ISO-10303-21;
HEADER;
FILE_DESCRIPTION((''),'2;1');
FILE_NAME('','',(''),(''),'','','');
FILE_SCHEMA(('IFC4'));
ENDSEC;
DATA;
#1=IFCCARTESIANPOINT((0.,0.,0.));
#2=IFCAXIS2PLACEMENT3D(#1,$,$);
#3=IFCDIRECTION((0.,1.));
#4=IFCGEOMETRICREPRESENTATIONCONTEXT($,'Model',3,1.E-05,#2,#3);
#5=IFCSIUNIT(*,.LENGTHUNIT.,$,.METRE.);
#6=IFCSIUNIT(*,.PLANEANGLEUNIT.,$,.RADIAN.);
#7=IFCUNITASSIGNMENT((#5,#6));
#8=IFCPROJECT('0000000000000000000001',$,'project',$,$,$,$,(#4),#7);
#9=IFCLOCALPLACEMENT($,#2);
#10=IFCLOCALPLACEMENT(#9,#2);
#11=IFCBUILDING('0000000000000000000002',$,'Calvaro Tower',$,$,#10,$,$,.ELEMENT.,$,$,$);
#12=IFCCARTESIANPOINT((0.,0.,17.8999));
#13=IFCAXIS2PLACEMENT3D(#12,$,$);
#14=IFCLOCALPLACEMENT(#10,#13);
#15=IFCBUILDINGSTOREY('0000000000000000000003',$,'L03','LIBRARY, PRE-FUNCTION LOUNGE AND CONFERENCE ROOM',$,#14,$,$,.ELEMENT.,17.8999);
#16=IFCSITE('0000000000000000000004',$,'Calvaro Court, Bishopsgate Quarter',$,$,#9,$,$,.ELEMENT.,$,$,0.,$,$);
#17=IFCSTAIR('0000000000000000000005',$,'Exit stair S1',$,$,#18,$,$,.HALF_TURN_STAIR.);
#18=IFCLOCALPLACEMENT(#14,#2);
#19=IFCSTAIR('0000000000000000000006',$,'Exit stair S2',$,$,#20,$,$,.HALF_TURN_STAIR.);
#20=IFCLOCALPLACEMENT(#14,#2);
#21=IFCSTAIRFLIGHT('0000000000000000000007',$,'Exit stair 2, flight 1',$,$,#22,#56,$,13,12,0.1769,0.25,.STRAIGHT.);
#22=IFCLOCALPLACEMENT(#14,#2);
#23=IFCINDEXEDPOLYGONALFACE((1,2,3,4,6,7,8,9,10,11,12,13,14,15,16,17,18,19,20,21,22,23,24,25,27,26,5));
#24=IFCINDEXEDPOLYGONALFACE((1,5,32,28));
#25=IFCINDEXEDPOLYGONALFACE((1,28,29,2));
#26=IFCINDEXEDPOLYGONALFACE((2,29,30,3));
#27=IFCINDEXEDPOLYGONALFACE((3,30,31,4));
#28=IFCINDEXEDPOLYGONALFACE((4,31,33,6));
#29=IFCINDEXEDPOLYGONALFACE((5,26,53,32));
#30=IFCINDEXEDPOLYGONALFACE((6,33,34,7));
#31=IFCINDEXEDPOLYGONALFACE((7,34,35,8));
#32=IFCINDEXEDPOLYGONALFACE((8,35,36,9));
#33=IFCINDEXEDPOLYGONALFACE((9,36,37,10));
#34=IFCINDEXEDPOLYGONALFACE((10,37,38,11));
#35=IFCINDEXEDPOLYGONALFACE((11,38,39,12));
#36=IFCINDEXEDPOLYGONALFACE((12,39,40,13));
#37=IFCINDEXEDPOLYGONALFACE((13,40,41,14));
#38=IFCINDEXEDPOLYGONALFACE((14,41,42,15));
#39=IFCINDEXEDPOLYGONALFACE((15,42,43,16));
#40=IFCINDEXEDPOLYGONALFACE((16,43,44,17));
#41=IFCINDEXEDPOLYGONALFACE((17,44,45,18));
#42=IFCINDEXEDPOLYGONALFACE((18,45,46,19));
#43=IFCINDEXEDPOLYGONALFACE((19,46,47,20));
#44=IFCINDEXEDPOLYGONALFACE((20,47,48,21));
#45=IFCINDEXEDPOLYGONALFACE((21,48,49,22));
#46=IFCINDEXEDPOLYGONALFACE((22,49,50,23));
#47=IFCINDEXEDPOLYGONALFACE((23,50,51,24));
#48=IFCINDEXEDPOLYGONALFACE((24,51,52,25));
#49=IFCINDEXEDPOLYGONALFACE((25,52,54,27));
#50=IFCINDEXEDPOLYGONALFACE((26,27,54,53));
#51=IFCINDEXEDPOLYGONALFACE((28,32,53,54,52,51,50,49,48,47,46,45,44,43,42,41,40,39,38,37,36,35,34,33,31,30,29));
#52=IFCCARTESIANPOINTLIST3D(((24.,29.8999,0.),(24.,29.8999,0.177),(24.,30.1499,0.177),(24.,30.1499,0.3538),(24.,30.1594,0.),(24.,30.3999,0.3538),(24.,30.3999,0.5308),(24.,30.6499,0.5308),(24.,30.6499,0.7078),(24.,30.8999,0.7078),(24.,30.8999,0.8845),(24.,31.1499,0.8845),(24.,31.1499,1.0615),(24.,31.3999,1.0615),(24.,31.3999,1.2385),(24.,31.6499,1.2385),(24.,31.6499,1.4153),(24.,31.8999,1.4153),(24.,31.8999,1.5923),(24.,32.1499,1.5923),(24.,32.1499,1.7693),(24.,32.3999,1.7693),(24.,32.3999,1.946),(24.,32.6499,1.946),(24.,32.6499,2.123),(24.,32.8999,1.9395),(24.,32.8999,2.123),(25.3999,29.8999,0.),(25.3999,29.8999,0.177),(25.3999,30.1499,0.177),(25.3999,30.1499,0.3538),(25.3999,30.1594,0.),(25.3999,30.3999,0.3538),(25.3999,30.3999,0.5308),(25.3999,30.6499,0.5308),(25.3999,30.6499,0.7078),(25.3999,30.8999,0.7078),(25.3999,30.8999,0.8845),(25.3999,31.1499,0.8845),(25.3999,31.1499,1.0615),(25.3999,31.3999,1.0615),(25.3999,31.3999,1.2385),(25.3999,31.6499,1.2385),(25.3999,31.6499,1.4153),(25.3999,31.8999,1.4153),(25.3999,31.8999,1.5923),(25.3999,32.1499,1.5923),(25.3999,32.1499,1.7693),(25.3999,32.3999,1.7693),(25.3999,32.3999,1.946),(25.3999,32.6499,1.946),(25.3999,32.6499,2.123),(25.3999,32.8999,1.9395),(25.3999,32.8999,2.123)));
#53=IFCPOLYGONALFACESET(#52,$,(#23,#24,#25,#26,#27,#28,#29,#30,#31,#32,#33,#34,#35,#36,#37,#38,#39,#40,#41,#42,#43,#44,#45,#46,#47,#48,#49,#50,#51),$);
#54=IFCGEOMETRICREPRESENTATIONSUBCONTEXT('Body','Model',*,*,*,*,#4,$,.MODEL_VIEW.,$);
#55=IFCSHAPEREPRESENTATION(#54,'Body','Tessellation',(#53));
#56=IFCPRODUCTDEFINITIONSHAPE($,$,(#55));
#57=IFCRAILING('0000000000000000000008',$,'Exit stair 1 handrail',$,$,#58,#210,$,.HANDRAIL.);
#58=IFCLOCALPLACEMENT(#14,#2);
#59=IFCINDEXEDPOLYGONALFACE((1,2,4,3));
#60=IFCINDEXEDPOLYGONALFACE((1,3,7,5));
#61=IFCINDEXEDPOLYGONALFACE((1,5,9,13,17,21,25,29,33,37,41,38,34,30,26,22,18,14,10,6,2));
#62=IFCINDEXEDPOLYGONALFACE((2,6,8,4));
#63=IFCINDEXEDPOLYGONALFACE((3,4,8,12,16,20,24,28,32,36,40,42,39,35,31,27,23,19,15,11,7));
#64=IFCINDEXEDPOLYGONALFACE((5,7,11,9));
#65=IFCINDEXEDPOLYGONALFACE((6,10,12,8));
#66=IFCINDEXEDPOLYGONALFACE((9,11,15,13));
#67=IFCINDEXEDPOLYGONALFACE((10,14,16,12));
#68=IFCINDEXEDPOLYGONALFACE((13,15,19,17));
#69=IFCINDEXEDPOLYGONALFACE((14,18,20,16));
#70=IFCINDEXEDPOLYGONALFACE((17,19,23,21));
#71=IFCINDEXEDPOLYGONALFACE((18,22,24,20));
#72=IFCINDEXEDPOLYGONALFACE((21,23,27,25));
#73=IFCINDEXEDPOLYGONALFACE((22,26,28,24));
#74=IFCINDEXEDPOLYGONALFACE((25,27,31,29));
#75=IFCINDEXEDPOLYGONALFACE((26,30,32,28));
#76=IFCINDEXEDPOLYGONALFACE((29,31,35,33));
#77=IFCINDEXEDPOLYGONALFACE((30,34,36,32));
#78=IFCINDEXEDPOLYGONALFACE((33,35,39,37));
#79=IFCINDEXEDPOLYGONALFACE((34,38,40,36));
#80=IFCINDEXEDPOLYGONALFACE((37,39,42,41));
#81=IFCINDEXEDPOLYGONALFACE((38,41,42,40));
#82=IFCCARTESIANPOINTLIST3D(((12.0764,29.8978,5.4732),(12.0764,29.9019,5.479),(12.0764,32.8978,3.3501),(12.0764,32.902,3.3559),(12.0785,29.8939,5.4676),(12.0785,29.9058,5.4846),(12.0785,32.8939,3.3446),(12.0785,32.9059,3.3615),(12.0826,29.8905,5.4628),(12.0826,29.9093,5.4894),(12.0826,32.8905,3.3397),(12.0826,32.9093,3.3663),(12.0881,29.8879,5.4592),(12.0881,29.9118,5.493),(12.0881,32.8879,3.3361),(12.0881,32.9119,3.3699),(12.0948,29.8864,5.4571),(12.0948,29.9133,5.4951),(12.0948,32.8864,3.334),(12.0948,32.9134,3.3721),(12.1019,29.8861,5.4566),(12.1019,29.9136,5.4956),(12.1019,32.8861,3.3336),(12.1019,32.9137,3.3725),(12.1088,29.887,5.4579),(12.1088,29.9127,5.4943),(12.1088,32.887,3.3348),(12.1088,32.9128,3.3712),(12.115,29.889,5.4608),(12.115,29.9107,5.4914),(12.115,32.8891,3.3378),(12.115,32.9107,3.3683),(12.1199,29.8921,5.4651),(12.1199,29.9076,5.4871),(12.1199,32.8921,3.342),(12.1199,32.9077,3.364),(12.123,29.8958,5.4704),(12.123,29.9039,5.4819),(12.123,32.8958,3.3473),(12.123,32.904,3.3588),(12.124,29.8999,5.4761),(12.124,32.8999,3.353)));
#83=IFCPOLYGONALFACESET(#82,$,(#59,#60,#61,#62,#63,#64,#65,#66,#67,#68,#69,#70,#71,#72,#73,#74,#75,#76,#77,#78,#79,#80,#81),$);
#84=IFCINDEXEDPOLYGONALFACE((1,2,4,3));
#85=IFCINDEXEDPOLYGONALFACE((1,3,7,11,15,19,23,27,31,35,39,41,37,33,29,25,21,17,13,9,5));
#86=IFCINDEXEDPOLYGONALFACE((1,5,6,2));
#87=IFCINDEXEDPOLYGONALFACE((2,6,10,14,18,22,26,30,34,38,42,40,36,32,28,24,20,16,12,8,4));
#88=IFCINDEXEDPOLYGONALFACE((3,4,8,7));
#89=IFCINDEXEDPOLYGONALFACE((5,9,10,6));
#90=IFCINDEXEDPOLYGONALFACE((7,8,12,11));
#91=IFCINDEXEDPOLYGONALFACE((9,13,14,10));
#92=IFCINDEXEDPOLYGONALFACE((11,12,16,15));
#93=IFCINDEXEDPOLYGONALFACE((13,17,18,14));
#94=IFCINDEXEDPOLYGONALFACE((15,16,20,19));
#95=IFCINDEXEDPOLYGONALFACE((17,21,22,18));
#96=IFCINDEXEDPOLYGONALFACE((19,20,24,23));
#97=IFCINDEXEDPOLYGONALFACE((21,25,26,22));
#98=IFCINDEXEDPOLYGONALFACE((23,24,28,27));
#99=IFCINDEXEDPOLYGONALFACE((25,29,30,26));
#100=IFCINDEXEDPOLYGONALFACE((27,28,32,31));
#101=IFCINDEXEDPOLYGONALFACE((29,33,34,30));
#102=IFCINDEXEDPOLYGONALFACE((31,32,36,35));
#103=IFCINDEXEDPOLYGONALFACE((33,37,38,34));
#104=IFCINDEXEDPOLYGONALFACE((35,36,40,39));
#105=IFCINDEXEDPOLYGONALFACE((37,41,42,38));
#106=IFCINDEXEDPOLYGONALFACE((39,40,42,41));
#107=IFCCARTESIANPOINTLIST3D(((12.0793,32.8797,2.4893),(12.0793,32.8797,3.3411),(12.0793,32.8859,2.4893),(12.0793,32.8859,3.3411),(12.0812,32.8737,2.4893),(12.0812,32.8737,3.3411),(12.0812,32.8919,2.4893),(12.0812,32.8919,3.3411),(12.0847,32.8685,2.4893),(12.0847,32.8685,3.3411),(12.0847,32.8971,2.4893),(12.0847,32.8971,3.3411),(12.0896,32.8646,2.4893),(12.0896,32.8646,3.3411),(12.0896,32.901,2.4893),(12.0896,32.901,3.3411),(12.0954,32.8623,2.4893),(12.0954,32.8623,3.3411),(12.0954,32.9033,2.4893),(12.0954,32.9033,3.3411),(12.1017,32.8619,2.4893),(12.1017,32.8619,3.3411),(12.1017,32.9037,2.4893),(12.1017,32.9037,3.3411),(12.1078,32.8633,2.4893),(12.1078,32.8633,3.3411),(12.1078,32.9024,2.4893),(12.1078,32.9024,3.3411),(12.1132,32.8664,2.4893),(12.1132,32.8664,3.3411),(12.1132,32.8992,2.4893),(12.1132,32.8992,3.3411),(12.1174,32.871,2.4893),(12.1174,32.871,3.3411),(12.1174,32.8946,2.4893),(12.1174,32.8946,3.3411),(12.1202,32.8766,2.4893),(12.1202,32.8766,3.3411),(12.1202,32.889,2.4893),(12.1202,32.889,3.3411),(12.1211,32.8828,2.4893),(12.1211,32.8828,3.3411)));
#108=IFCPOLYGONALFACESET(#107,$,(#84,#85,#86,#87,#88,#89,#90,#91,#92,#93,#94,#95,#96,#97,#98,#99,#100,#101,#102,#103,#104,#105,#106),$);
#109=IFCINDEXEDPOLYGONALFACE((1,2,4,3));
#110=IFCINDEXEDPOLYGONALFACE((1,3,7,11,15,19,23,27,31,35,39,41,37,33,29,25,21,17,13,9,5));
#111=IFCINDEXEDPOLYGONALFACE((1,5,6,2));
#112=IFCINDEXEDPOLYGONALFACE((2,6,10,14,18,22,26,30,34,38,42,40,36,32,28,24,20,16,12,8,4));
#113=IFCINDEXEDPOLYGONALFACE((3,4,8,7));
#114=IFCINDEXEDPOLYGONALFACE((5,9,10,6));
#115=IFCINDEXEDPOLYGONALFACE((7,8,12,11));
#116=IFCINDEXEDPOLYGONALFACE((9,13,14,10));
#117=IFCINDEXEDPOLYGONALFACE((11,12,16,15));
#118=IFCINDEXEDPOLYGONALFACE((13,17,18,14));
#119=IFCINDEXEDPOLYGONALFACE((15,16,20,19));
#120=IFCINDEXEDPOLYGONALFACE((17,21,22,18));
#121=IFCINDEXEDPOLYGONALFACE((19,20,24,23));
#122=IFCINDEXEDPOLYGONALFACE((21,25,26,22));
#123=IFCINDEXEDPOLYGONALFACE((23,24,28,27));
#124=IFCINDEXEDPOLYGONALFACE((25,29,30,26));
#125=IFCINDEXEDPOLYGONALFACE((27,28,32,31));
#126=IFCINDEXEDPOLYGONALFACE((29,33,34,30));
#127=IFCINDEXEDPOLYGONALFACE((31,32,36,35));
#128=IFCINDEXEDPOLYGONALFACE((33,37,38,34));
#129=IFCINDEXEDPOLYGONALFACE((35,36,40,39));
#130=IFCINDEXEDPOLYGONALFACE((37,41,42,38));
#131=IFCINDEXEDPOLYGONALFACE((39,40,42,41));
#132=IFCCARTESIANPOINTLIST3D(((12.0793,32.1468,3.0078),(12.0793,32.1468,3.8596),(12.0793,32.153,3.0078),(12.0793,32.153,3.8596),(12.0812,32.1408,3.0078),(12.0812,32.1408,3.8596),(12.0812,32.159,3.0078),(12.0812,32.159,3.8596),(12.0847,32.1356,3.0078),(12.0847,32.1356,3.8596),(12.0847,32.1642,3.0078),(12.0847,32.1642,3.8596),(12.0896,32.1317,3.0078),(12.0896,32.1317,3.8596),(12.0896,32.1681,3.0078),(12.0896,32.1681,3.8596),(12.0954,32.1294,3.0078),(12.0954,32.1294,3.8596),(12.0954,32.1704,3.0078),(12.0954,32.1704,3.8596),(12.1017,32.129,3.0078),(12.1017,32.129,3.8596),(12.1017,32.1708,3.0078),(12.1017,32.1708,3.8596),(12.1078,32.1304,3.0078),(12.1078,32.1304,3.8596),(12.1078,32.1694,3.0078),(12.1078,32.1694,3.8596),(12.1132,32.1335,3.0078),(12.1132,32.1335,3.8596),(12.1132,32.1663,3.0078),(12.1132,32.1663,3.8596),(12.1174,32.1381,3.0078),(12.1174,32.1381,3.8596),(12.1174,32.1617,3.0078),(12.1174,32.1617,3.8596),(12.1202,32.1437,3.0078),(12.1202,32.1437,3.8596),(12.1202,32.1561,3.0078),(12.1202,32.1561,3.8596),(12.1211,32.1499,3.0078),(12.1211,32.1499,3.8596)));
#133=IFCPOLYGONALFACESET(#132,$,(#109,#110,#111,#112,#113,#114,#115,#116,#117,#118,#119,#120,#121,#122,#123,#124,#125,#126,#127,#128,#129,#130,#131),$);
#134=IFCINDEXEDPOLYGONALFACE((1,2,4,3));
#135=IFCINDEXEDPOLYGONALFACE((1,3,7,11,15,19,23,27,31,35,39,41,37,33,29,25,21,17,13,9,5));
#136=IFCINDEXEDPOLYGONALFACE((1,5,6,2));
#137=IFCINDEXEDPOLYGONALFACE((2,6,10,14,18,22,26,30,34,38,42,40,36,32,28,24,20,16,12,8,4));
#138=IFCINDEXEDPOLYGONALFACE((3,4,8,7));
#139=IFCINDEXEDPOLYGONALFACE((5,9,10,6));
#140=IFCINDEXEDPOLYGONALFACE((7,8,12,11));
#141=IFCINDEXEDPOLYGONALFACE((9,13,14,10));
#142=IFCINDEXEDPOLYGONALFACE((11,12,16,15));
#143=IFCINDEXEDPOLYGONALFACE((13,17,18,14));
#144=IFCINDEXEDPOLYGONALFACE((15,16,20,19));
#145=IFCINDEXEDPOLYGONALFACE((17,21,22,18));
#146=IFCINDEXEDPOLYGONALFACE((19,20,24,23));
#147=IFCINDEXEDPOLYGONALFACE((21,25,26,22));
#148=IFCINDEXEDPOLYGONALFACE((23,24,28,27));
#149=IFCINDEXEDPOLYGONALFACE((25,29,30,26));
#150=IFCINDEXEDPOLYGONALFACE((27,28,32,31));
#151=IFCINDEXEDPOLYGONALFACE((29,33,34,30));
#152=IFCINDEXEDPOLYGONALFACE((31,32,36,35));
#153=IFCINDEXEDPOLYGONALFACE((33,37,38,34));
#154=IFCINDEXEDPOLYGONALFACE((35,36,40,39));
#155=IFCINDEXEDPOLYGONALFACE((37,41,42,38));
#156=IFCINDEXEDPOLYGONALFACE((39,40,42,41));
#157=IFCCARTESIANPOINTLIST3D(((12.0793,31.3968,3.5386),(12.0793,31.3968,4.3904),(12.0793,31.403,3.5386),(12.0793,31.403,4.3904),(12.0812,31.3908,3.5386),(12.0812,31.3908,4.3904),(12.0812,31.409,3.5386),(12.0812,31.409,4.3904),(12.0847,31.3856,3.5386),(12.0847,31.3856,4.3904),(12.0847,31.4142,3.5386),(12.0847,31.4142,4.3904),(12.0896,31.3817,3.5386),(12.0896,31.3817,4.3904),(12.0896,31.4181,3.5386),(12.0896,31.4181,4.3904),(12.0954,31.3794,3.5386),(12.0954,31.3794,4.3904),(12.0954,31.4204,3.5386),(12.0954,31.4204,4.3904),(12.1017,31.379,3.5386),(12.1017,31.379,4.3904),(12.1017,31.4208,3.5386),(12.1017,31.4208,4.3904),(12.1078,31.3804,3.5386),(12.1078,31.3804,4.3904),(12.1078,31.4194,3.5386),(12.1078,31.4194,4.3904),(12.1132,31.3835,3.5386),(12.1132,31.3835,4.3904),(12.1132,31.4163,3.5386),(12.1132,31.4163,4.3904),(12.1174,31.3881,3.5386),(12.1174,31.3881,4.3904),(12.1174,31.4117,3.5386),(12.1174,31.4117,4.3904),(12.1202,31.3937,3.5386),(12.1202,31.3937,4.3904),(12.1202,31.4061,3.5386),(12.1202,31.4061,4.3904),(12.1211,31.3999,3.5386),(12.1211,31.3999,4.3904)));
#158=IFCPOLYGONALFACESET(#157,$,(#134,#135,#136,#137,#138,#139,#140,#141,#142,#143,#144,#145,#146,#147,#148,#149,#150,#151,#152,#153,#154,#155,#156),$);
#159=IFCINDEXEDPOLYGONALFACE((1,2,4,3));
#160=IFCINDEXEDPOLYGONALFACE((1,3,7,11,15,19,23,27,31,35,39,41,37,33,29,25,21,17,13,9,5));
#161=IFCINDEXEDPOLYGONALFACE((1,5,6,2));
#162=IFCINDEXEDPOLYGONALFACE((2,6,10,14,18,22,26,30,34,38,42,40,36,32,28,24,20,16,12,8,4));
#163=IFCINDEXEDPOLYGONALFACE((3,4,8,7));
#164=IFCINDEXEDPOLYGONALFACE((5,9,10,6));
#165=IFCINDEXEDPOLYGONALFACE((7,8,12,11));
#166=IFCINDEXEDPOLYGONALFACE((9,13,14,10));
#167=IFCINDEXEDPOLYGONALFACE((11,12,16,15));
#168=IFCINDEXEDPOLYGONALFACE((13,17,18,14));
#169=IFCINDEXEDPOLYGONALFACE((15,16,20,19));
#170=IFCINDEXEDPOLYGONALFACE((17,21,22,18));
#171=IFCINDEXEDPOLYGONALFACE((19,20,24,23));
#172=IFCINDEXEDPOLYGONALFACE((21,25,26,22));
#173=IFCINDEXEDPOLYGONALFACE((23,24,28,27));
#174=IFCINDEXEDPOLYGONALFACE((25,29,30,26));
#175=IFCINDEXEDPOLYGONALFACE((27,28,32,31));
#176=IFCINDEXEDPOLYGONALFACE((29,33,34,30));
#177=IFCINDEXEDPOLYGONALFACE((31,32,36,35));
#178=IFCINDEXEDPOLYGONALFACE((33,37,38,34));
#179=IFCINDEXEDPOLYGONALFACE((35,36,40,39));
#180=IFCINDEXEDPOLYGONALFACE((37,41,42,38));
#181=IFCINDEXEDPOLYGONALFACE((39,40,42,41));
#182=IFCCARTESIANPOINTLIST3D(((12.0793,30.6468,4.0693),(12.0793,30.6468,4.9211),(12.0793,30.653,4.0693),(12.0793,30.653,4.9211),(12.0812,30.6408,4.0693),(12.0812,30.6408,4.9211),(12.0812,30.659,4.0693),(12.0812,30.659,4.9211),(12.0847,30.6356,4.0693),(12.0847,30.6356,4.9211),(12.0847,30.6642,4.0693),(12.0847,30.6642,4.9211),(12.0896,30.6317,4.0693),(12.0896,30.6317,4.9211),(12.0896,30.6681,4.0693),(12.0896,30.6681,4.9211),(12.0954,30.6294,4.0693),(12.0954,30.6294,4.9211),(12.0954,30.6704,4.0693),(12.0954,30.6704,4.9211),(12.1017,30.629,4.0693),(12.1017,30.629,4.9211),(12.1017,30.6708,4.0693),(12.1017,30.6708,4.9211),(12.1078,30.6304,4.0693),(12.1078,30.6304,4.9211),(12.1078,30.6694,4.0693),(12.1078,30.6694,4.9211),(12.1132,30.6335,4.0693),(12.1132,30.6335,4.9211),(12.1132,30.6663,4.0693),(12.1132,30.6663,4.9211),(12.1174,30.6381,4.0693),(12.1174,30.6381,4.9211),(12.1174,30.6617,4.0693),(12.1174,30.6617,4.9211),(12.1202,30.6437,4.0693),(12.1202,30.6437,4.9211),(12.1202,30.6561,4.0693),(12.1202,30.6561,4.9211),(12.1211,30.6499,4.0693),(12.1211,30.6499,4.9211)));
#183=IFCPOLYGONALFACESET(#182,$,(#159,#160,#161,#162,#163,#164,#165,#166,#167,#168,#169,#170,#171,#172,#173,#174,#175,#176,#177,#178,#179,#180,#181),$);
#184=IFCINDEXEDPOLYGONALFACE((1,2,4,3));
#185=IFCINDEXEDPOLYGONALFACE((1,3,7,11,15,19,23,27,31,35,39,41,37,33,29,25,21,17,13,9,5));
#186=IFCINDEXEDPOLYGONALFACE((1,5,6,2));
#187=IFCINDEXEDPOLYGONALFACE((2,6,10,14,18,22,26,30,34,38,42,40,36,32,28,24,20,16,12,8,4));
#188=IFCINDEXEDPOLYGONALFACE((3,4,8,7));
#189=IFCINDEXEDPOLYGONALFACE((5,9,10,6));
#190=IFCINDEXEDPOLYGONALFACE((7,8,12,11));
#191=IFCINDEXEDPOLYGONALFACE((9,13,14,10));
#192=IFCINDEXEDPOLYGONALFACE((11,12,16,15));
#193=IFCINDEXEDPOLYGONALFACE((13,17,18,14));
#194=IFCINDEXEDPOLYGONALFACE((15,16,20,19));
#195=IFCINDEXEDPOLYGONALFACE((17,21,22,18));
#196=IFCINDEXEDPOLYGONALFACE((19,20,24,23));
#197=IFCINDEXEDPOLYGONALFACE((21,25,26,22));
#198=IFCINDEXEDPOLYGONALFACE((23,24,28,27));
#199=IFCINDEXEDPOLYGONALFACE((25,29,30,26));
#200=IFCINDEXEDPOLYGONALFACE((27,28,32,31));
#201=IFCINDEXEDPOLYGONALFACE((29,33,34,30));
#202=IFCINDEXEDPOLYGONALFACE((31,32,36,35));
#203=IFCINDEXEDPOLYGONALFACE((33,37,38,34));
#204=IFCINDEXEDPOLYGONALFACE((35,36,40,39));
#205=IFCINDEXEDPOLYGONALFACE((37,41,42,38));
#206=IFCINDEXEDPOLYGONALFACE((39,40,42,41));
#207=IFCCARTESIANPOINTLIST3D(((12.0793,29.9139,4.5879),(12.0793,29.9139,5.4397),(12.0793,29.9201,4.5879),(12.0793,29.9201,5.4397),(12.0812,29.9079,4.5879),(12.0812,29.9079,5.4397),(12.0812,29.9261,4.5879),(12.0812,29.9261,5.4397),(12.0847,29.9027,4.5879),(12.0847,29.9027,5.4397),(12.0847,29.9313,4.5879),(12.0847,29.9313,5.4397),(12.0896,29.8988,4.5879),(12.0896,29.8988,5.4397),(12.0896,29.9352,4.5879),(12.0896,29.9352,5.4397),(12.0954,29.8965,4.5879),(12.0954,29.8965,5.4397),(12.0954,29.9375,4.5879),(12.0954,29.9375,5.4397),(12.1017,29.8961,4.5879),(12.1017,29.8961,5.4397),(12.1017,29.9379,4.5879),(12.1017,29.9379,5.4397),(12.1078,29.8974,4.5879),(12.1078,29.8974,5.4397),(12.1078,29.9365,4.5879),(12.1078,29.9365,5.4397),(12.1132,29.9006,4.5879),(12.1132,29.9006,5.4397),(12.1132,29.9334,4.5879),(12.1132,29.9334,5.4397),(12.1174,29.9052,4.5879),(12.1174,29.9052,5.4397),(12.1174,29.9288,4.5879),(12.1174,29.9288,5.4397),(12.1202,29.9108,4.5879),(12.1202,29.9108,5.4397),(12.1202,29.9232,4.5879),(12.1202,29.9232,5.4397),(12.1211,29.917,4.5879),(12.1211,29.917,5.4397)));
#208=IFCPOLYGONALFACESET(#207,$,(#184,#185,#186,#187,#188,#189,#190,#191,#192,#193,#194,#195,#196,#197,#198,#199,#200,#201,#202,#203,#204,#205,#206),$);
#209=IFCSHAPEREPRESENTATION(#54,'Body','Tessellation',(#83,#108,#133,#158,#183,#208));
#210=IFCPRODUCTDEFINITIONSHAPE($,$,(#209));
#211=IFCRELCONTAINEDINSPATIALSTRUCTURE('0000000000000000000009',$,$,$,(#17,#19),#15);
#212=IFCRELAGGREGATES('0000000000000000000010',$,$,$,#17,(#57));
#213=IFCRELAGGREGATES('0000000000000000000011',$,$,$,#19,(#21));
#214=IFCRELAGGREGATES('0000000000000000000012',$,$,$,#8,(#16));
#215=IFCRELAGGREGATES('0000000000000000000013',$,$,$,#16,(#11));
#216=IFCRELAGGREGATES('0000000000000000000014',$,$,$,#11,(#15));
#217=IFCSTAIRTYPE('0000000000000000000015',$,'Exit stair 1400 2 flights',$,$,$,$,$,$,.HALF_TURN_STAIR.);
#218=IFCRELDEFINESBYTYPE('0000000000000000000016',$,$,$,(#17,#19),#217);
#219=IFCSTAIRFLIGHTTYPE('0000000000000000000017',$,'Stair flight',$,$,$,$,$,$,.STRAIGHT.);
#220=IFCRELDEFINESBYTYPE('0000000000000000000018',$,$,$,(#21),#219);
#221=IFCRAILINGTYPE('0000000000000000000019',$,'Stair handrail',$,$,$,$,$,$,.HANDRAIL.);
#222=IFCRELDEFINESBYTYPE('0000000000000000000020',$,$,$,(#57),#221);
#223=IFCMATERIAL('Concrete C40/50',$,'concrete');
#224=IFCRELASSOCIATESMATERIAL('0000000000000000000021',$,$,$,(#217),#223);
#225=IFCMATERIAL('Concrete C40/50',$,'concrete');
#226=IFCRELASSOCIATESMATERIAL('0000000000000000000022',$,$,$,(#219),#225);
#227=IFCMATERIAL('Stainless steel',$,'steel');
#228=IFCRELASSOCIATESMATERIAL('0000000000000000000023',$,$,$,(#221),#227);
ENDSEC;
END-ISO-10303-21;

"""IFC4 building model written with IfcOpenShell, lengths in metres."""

from ifc_helpers import new_model, si_unit, direction, frame, origin, origin_2d, place, context, subcontext, project, spatial, polyline, circle, outline, extrude, material, type_object, element, aggregate, save


model = new_model("IFC4")

# Units and contexts
model_context = context("Model", 3, precision=1e-05, world=origin(), true_north=direction((0.0, 1.0)))
body_context = subcontext(model_context, "Body", "Model", "MODEL_VIEW")
ifc_project = project(units=[si_unit("LENGTHUNIT", "METRE"), si_unit("PLANEANGLEUNIT", "RADIAN")], contexts=[model_context])

# Site, building, storey
site_placement = place(None, origin())
site = spatial("IfcSite", under=ifc_project, at=site_placement, Name="Calvaro Court, Bishopsgate Quarter", CompositionType="ELEMENT", RefElevation=0.0)
building_placement = place(site_placement, origin())
building = spatial("IfcBuilding", under=site, at=building_placement, Name="Calvaro Tower", CompositionType="ELEMENT")
storey_placement = place(building_placement, frame((0.0, 0.0, 17.8999)))
storey = spatial("IfcBuildingStorey", under=building, at=storey_placement, Name="L03", Description="LIBRARY, PRE-FUNCTION LOUNGE AND CONFERENCE ROOM", CompositionType="ELEMENT", Elevation=17.8999)

# Stairs, stair flight
ifc_material_1 = material(Name="Concrete C40/50", Category="concrete")
stair_type = type_object("IfcStairType", Name="Exit stair 1400 2 flights", PredefinedType="HALF_TURN_STAIR", material=ifc_material_1)
stair_1_placement = place(storey_placement, origin())
stair_1 = element("IfcStair", 1, at=stair_1_placement, inside=storey, type_object=stair_type, Name="Exit stair S1", PredefinedType="HALF_TURN_STAIR")
ifc_material_2 = material(Name="Concrete C40/50", Category="concrete")
stair_flight_type = type_object("IfcStairFlightType", Name="Stair flight", PredefinedType="STRAIGHT", material=ifc_material_2)
stair_2_placement = place(storey_placement, origin())
stair_2 = element("IfcStair", 2, at=stair_2_placement, inside=storey, type_object=stair_type, Name="Exit stair S2", PredefinedType="HALF_TURN_STAIR")
stair_flight_1_placement = place(storey_placement, frame((24.7, 29.8999, 0.0), z_axis=(0.0, 0.0, 1.0), x_axis=(0.0, 1.0, 0.0)))
stair_flight_1 = element("IfcStairFlight", 3, at=stair_flight_1_placement, type_object=stair_flight_type, Name="Exit stair 2, flight 1", NumberOfRisers=13, NumberOfTreads=12, PredefinedType="STRAIGHT", RiserHeight=0.1769, TreadLength=0.25, context=body_context, shape_type="SweptSolid", body=[
    extrude(outline(polyline([(0.0, 0.0), (0.0, 0.177), (0.25, 0.177), (0.25, 0.3538), (0.5, 0.3538), (0.5, 0.5308), (0.75, 0.5308), (0.75, 0.7078), (1.0, 0.7078), (1.0, 0.8845), (1.25, 0.8845), (1.25, 1.0615), (1.5, 1.0615), (1.5, 1.2385), (1.75, 1.2385), (1.75, 1.4153), (2.0, 1.4153), (2.0, 1.5923), (2.25, 1.5923), (2.25, 1.7693), (2.5, 1.7693), (2.5, 1.946), (2.75, 1.946), (2.75, 2.123), (3.0, 2.123), (3.0, 2.3), (3.0, 1.9395), (0.2595, 0.0), (0.0, 0.0)])), frame((0.0, 0.7, 0.0), z_axis=(0.0, -1.0, 0.0), x_axis=(1.0, 0.0, 0.0)), (0.0, 0.0, 1.0), 1.3999),
])

# Railing
ifc_material_3 = material(Name="Stainless steel", Category="steel")
railing_type = type_object("IfcRailingType", Name="Stair handrail", PredefinedType="HANDRAIL", material=ifc_material_3)
railing_1_placement = place(storey_placement, frame((12.1001, 32.8999, 2.4771)))
railing_1 = element("IfcRailing", 4, at=railing_1_placement, type_object=railing_type, Name="Exit stair 1 handrail", PredefinedType="HANDRAIL", context=body_context, shape_type="SweptSolid", body=[
    extrude(circle(Radius=0.0239, at=origin_2d()), frame((0.0, 0.0, 0.876), z_axis=(0.0, -0.816275, 0.577663), x_axis=(1.0, 0.0, 0.0)), (0.0, 0.0, 1.0), 3.6753),
    extrude(circle(Radius=0.021, at=origin_2d()), frame((0.0, -0.0171, 0.0122)), (0.0, 0.0, 1.0), 0.8518),
    extrude(circle(Radius=0.021, at=origin_2d()), frame((0.0, -0.75, 0.5308)), (0.0, 0.0, 1.0), 0.8518),
    extrude(circle(Radius=0.021, at=origin_2d()), frame((0.0, -1.5, 1.0615)), (0.0, 0.0, 1.0), 0.8518),
    extrude(circle(Radius=0.021, at=origin_2d()), frame((0.0, -2.25, 1.5923)), (0.0, 0.0, 1.0), 0.8518),
    extrude(circle(Radius=0.021, at=origin_2d()), frame((0.0, -2.9829, 2.1108)), (0.0, 0.0, 1.0), 0.8518),
])
aggregate(stair_1, [railing_1])
aggregate(stair_2, [stair_flight_1])

save(model, "model.ifc")
